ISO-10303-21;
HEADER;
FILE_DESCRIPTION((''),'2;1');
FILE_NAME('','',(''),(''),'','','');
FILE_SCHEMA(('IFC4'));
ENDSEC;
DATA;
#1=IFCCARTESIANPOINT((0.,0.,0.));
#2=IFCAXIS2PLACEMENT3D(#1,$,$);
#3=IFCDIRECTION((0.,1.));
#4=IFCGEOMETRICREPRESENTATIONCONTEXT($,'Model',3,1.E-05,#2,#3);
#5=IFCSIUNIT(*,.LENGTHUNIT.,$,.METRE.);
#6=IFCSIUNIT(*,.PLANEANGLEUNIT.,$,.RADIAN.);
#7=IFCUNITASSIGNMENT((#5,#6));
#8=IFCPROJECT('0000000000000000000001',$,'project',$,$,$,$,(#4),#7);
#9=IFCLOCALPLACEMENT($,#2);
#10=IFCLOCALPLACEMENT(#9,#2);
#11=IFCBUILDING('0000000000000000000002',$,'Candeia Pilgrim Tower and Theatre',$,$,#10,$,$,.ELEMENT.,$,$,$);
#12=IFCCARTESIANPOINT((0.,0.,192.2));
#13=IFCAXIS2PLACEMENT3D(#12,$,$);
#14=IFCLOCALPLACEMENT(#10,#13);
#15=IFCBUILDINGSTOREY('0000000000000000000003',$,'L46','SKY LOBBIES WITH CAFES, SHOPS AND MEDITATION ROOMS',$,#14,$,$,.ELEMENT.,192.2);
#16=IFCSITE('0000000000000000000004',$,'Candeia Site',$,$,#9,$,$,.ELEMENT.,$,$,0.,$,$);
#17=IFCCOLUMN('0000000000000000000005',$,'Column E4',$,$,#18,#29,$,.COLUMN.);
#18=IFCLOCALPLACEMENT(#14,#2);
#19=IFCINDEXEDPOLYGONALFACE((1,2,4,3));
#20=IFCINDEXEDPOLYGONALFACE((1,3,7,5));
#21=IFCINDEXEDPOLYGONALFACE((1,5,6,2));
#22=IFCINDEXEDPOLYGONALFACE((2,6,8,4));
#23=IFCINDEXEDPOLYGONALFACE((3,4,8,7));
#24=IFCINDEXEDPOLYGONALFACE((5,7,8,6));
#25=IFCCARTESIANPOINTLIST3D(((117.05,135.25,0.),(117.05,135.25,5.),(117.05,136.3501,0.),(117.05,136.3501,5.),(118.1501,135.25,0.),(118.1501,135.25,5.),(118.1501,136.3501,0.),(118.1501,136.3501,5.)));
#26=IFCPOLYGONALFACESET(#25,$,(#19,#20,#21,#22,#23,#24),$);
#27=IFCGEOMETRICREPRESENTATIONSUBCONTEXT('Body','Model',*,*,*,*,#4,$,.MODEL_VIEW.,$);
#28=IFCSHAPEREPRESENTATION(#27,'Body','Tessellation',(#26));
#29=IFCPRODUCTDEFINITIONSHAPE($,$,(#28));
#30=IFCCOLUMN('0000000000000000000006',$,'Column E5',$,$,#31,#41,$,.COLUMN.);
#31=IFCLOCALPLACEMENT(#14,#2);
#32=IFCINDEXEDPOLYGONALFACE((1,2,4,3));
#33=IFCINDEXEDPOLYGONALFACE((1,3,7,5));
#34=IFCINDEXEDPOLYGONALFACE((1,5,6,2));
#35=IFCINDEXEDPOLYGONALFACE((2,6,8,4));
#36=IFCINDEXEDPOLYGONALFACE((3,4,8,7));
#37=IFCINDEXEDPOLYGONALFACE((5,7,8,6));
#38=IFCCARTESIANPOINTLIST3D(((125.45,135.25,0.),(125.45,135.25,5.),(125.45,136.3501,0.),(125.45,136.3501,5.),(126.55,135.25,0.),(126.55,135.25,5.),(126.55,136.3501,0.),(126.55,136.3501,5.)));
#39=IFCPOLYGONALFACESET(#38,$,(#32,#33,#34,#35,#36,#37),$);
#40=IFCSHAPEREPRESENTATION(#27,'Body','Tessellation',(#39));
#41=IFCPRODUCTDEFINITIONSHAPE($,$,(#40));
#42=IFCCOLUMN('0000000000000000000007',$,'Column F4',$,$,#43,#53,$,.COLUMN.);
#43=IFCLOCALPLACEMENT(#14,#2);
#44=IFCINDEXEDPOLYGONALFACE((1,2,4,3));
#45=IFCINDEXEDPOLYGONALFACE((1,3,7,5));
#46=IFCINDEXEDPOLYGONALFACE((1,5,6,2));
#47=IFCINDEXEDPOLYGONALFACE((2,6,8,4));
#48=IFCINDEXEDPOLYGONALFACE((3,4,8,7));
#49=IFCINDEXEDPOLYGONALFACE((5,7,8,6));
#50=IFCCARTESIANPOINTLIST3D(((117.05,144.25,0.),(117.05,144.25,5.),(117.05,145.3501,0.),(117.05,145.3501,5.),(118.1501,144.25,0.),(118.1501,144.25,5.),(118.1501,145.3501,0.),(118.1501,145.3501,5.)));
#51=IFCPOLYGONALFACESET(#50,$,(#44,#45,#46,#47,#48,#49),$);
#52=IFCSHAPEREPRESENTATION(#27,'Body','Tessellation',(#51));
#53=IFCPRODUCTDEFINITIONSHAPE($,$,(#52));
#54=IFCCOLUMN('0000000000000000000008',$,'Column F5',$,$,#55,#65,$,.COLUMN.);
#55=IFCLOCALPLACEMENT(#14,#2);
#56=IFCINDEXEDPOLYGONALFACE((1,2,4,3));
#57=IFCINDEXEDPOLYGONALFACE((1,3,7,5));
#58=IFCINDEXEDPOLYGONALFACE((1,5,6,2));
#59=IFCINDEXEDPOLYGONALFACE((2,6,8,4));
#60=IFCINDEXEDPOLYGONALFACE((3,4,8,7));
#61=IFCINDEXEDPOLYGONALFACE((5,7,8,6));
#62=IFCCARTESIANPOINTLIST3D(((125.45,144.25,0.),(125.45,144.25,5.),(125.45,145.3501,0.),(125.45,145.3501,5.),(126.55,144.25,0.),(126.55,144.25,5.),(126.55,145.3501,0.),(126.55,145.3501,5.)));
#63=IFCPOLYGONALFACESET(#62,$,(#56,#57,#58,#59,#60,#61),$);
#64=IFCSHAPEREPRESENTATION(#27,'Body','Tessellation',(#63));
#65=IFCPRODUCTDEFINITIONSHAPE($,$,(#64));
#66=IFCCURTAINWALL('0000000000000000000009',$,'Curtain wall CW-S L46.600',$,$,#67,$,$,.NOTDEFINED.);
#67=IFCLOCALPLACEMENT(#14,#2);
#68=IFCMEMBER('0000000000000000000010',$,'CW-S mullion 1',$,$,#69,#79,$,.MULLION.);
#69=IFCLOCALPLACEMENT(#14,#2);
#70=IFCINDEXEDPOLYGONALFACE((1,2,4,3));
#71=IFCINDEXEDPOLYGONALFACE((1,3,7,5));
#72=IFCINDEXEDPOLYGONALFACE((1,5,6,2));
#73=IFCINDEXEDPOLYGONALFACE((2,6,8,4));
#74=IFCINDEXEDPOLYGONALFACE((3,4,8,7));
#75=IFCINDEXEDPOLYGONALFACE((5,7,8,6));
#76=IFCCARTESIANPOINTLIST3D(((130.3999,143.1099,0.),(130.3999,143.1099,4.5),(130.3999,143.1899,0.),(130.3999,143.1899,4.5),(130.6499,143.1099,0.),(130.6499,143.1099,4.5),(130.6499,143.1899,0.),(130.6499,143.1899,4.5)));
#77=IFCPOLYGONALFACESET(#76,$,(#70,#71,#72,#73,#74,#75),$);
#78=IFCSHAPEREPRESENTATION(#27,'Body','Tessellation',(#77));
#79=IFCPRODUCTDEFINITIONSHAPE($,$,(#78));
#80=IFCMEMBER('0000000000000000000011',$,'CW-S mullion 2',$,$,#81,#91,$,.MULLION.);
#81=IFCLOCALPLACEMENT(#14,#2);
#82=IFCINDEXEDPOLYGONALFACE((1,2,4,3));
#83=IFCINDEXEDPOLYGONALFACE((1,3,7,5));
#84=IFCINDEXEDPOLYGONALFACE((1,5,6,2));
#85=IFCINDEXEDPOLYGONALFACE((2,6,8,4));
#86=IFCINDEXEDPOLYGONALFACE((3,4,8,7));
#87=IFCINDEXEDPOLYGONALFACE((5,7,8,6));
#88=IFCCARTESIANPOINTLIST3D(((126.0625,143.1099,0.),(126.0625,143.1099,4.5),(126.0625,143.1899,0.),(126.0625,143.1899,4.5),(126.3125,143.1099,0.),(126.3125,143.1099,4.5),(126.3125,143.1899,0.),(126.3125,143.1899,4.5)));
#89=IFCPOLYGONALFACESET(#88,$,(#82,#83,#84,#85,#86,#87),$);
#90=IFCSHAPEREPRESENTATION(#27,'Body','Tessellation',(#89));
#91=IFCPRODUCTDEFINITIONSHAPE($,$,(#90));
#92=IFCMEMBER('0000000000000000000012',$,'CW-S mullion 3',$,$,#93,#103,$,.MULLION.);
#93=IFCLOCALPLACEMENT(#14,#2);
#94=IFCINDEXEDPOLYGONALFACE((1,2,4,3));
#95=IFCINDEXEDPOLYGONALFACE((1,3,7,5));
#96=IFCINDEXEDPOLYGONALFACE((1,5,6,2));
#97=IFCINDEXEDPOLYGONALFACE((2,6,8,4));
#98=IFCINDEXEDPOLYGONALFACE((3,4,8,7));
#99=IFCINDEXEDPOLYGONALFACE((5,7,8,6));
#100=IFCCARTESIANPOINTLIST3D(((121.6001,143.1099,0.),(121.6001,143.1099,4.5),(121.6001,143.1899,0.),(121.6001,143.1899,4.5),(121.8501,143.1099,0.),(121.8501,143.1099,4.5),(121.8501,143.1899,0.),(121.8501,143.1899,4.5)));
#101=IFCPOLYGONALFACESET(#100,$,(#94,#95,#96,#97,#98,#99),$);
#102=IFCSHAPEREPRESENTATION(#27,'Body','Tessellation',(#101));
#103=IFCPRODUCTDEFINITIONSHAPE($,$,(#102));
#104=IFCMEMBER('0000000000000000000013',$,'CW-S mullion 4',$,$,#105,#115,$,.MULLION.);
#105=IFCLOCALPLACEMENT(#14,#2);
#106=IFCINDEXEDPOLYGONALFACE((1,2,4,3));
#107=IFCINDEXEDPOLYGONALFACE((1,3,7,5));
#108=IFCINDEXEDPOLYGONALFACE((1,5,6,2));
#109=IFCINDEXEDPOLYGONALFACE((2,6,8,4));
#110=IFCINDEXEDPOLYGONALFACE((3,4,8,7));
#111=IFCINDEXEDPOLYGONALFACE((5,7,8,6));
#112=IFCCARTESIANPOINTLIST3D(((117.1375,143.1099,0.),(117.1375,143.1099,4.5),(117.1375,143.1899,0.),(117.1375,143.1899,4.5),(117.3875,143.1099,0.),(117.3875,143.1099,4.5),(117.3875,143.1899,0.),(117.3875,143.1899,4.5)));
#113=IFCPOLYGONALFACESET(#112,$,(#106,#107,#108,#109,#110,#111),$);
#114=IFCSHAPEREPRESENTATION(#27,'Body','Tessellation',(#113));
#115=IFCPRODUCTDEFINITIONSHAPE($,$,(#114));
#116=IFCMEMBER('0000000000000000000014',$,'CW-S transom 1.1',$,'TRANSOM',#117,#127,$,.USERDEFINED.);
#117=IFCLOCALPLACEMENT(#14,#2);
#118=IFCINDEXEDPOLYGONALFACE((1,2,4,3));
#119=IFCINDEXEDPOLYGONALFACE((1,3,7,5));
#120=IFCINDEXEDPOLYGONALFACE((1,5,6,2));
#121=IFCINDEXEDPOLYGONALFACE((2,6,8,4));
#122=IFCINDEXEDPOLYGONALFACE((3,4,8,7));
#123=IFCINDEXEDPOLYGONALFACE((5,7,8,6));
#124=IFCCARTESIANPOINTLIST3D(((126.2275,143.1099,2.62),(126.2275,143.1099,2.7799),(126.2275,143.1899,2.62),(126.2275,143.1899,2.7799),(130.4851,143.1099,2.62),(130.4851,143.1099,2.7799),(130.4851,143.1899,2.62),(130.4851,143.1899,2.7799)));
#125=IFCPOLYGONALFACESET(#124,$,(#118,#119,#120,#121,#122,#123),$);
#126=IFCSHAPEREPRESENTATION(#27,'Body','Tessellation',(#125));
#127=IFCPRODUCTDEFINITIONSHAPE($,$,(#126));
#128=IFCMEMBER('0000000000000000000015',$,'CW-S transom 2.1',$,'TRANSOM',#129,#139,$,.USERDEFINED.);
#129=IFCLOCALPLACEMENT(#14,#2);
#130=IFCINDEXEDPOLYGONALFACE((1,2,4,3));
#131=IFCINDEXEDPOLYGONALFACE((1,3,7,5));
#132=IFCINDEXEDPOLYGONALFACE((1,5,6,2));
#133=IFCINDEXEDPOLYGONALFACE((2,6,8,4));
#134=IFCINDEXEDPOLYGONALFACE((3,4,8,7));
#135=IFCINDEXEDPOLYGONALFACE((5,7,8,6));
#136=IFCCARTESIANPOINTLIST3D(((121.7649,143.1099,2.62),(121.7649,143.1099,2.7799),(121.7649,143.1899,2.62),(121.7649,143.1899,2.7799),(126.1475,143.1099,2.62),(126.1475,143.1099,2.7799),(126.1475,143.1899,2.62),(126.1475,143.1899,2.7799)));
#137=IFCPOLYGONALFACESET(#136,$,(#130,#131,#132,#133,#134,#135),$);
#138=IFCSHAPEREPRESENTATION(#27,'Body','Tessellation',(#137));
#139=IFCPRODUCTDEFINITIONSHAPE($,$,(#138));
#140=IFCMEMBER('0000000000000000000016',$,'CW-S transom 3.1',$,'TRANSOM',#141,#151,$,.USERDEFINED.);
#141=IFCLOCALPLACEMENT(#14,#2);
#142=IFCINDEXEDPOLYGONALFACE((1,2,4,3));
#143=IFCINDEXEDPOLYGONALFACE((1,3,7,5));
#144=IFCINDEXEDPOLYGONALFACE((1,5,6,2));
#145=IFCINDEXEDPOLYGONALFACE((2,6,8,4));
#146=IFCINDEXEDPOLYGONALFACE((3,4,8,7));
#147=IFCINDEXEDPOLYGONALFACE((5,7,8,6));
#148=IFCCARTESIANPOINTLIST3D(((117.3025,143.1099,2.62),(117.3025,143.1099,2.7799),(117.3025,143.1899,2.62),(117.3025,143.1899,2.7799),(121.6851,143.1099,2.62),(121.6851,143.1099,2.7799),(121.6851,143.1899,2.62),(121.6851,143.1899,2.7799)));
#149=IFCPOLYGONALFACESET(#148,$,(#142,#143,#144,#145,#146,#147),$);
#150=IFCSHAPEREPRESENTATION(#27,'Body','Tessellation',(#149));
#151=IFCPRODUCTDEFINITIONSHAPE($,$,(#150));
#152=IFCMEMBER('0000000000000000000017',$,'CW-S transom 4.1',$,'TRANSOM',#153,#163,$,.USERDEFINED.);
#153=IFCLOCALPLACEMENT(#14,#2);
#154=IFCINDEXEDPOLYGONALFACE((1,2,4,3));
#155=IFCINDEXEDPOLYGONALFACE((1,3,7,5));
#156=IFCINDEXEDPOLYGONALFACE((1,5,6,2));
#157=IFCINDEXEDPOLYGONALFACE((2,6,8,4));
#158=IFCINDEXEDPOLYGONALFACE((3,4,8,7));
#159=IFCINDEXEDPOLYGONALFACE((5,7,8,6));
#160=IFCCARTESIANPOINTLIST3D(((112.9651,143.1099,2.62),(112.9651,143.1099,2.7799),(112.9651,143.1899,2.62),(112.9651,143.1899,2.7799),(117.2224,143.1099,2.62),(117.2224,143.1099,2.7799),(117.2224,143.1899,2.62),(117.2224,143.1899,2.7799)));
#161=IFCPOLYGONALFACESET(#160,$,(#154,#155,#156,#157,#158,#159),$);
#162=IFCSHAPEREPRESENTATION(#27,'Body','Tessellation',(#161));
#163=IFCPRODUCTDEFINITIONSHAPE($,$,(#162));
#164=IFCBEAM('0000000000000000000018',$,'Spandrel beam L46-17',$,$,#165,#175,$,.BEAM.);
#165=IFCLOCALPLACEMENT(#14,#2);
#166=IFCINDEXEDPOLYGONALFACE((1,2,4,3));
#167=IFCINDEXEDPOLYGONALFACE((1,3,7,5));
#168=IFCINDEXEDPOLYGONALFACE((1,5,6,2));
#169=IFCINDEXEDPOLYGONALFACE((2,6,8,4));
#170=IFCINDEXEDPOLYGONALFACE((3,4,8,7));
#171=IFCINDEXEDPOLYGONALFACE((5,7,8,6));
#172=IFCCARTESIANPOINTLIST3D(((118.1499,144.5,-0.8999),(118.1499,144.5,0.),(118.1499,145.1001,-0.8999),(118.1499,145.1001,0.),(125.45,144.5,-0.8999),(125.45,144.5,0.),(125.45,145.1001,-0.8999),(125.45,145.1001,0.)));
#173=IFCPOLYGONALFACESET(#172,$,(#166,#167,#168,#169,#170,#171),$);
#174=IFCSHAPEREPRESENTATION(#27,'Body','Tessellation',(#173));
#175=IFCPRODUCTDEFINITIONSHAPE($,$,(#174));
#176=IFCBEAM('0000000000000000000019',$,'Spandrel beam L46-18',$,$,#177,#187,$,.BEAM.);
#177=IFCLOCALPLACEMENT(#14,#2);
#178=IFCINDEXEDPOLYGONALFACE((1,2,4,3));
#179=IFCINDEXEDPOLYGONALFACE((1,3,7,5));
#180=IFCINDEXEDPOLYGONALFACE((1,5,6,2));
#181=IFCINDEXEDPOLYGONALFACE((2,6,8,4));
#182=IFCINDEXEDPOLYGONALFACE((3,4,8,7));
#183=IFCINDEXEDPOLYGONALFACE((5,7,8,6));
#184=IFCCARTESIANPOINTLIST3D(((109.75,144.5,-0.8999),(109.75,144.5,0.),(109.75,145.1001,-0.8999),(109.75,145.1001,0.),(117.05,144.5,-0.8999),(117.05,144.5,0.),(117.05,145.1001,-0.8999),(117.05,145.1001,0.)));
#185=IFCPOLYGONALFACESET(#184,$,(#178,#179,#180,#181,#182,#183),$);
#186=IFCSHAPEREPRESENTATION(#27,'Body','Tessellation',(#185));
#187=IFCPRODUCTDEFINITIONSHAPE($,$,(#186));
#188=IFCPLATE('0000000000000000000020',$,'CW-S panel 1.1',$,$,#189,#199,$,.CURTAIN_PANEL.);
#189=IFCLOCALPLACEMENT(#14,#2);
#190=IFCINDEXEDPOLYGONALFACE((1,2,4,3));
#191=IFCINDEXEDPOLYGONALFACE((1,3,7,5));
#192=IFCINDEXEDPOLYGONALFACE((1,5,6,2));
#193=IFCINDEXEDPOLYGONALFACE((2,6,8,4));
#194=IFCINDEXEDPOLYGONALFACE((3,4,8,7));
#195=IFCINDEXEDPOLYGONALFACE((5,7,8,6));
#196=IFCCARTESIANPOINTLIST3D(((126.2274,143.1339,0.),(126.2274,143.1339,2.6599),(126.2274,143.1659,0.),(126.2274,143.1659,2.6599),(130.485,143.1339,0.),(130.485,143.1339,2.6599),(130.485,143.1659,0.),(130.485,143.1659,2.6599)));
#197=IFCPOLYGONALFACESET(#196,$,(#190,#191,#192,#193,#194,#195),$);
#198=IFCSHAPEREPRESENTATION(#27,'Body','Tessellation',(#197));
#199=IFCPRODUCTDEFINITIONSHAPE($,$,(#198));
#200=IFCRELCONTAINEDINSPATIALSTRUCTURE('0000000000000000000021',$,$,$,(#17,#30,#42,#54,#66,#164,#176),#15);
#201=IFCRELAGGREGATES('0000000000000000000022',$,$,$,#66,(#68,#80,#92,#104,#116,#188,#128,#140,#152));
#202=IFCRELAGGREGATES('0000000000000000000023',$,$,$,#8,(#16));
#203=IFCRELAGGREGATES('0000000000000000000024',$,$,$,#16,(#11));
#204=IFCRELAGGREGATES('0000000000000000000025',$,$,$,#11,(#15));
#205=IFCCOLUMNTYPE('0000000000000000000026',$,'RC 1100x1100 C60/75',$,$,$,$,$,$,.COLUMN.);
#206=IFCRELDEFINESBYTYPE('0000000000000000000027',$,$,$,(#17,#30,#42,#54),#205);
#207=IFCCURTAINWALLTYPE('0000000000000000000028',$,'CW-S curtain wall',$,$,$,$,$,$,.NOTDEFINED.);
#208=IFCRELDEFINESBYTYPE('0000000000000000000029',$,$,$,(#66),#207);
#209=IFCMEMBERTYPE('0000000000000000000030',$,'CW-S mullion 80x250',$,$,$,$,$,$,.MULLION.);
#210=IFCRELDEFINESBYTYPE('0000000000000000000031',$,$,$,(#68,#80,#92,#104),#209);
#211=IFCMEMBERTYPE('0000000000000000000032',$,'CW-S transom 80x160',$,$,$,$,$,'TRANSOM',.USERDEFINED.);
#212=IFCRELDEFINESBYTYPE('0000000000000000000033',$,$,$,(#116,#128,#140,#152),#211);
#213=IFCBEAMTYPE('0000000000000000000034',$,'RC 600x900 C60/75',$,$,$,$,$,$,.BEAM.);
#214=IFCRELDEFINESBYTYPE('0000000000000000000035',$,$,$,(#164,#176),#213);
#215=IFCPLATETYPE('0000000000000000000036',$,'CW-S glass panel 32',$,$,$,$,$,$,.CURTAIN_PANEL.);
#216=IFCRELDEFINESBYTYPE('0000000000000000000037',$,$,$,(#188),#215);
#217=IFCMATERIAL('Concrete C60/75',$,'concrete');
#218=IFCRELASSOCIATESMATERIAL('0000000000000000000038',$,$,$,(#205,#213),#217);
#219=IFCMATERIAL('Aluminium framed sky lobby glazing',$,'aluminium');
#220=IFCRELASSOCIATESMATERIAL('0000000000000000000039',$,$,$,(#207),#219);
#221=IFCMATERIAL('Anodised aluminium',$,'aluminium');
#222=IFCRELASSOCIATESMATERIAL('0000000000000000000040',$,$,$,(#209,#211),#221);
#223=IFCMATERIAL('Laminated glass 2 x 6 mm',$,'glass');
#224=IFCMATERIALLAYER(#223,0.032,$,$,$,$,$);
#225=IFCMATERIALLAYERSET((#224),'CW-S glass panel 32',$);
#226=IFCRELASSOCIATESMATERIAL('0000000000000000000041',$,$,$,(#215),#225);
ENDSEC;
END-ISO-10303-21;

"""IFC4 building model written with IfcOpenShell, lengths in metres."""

from ifc_helpers import new_model, si_unit, direction, frame, origin, origin_2d, place, context, subcontext, project, spatial, rectangle, extrude, material, layer, layer_set, material_profile, profile_set, type_object, element, aggregate, save


model = new_model("IFC4")

# Units and contexts
model_context = context("Model", 3, precision=1e-05, world=origin(), true_north=direction((0.0, 1.0)))
body_context = subcontext(model_context, "Body", "Model", "MODEL_VIEW")
ifc_project = project(units=[si_unit("LENGTHUNIT", "METRE"), si_unit("PLANEANGLEUNIT", "RADIAN")], contexts=[model_context])

# Site, building, storey
site_placement = place(None, origin())
site = spatial("IfcSite", under=ifc_project, at=site_placement, Name="Candeia Site", CompositionType="ELEMENT", RefElevation=0.0)
building_placement = place(site_placement, origin())
building = spatial("IfcBuilding", under=site, at=building_placement, Name="Candeia Pilgrim Tower and Theatre", CompositionType="ELEMENT")
storey_placement = place(building_placement, frame((0.0, 0.0, 192.2)))
storey = spatial("IfcBuildingStorey", under=building, at=storey_placement, Name="L46", Description="SKY LOBBIES WITH CAFES, SHOPS AND MEDITATION ROOMS", CompositionType="ELEMENT", Elevation=192.2)

# Columns
ifc_material_1 = material(Name="Concrete C60/75", Category="concrete")
ifc_material_profile_1 = material_profile(ifc_material_1, rectangle(XDim=1.1001, YDim=1.1001, at=origin_2d()))
ifc_profile_set_1 = profile_set([ifc_material_profile_1], Name="Concrete C60/75")
column_type = type_object("IfcColumnType", Name="RC 1100x1100 C60/75", PredefinedType="COLUMN", material=ifc_profile_set_1)
for number, where, z_axis, x_axis, name in (
    (1, (117.6001, 135.8, 0.0), (0.0, 0.0, 1.0), (1.0, 0.0, 0.0), "Column E4"),
    (2, (126.0, 135.8, 0.0), (0.0, 0.0, 1.0), (1.0, 0.0, 0.0), "Column E5"),
    (3, (117.6001, 144.8, 0.0), (0.0, 0.0, 1.0), (1.0, 0.0, 0.0), "Column F4"),
    (4, (126.0, 144.8, 0.0), (0.0, 0.0, 1.0), (1.0, 0.0, 0.0), "Column F5"),
):
    element("IfcColumn", number, at=place(storey_placement, frame(where, z_axis=z_axis, x_axis=x_axis)), inside=storey, type_object=column_type, Name=name, PredefinedType="COLUMN", context=body_context, shape_type="SweptSolid", body=[
        extrude(rectangle(XDim=1.1001, YDim=1.1001, at=origin_2d()), origin(), (0.0, 0.0, 1.0), 5.0),
    ])

# Curtain wall, members
ifc_material_2 = material(Name="Aluminium framed sky lobby glazing", Category="aluminium")
curtain_wall_type = type_object("IfcCurtainWallType", Name="CW-S curtain wall", PredefinedType="NOTDEFINED", material=ifc_material_2)
curtain_wall_placement = place(storey_placement, origin())
curtain_wall = element("IfcCurtainWall", 5, at=curtain_wall_placement, inside=storey, type_object=curtain_wall_type, Name="Curtain wall CW-S L46.600", PredefinedType="NOTDEFINED")
ifc_material_3 = material(Name="Anodised aluminium", Category="aluminium")
ifc_material_profile_2 = material_profile(ifc_material_3, rectangle(XDim=0.0801, YDim=0.25, at=origin_2d()))
ifc_profile_set_2 = profile_set([ifc_material_profile_2], Name="Anodised aluminium")
member_type_1 = type_object("IfcMemberType", Name="CW-S mullion 80x250", PredefinedType="MULLION", material=ifc_profile_set_2)
member_1_placement = place(storey_placement, frame((130.5249, 143.1499, 0.0), z_axis=(0.0, 0.0, 1.0), x_axis=(0.0, -1.0, 0.0)))
member_1 = element("IfcMember", 6, at=member_1_placement, type_object=member_type_1, Name="CW-S mullion 1", PredefinedType="MULLION", context=body_context, shape_type="SweptSolid", body=[
    extrude(rectangle(XDim=0.0801, YDim=0.25, at=origin_2d()), origin(), (0.0, 0.0, 1.0), 4.5),
])
member_2_placement = place(storey_placement, frame((126.1875, 143.1499, 0.0), z_axis=(0.0, 0.0, 1.0), x_axis=(0.0, -1.0, 0.0)))
member_2 = element("IfcMember", 7, at=member_2_placement, type_object=member_type_1, Name="CW-S mullion 2", PredefinedType="MULLION", context=body_context, shape_type="SweptSolid", body=[
    extrude(rectangle(XDim=0.0801, YDim=0.25, at=origin_2d()), origin(), (0.0, 0.0, 1.0), 4.5),
])
member_3_placement = place(storey_placement, frame((121.7251, 143.1499, 0.0), z_axis=(0.0, 0.0, 1.0), x_axis=(0.0, -1.0, 0.0)))
member_3 = element("IfcMember", 8, at=member_3_placement, type_object=member_type_1, Name="CW-S mullion 3", PredefinedType="MULLION", context=body_context, shape_type="SweptSolid", body=[
    extrude(rectangle(XDim=0.0801, YDim=0.25, at=origin_2d()), origin(), (0.0, 0.0, 1.0), 4.5),
])
member_4_placement = place(storey_placement, frame((117.2625, 143.1499, 0.0), z_axis=(0.0, 0.0, 1.0), x_axis=(0.0, -1.0, 0.0)))
member_4 = element("IfcMember", 9, at=member_4_placement, type_object=member_type_1, Name="CW-S mullion 4", PredefinedType="MULLION", context=body_context, shape_type="SweptSolid", body=[
    extrude(rectangle(XDim=0.0801, YDim=0.25, at=origin_2d()), origin(), (0.0, 0.0, 1.0), 4.5),
])
ifc_material_profile_3 = material_profile(ifc_material_3, rectangle(XDim=0.0801, YDim=0.1599, at=origin_2d()))
ifc_profile_set_3 = profile_set([ifc_material_profile_3], Name="Anodised aluminium")
member_type_2 = type_object("IfcMemberType", Name="CW-S transom 80x160", ElementType="TRANSOM", PredefinedType="USERDEFINED", material=ifc_profile_set_3)
member_5_placement = place(storey_placement, frame((130.4851, 143.1499, 2.7), z_axis=(-1.0, 0.0, 0.0), x_axis=(0.0, -1.0, 0.0)))
member_5 = element("IfcMember", 10, at=member_5_placement, type_object=member_type_2, Name="CW-S transom 1.1", ObjectType="TRANSOM", PredefinedType="USERDEFINED", context=body_context, shape_type="SweptSolid", body=[
    extrude(rectangle(XDim=0.0801, YDim=0.1599, at=origin_2d()), origin(), (0.0, 0.0, 1.0), 4.2576),
])
member_6_placement = place(storey_placement, frame((126.1475, 143.1499, 2.7), z_axis=(-1.0, 0.0, 0.0), x_axis=(0.0, -1.0, 0.0)))
member_6 = element("IfcMember", 11, at=member_6_placement, type_object=member_type_2, Name="CW-S transom 2.1", ObjectType="TRANSOM", PredefinedType="USERDEFINED", context=body_context, shape_type="SweptSolid", body=[
    extrude(rectangle(XDim=0.0801, YDim=0.1599, at=origin_2d()), origin(), (0.0, 0.0, 1.0), 4.3826),
])
member_7_placement = place(storey_placement, frame((121.6851, 143.1499, 2.7), z_axis=(-1.0, 0.0, 0.0), x_axis=(0.0, -1.0, 0.0)))
member_7 = element("IfcMember", 12, at=member_7_placement, type_object=member_type_2, Name="CW-S transom 3.1", ObjectType="TRANSOM", PredefinedType="USERDEFINED", context=body_context, shape_type="SweptSolid", body=[
    extrude(rectangle(XDim=0.0801, YDim=0.1599, at=origin_2d()), origin(), (0.0, 0.0, 1.0), 4.3826),
])
member_8_placement = place(storey_placement, frame((117.2224, 143.1499, 2.7), z_axis=(-1.0, 0.0, 0.0), x_axis=(0.0, -1.0, 0.0)))
member_8 = element("IfcMember", 13, at=member_8_placement, type_object=member_type_2, Name="CW-S transom 4.1", ObjectType="TRANSOM", PredefinedType="USERDEFINED", context=body_context, shape_type="SweptSolid", body=[
    extrude(rectangle(XDim=0.0801, YDim=0.1599, at=origin_2d()), origin(), (0.0, 0.0, 1.0), 4.2573),
])

# Beams
ifc_material_profile_4 = material_profile(ifc_material_1, rectangle(XDim=0.6001, YDim=0.8999, at=origin_2d()))
ifc_profile_set_4 = profile_set([ifc_material_profile_4], Name="Concrete C60/75")
beam_type = type_object("IfcBeamType", Name="RC 600x900 C60/75", PredefinedType="BEAM", material=ifc_profile_set_4)
for number, where, z_axis, x_axis, name in (
    (14, (125.45, 144.8, -0.45), (-1.0, 0.0, 0.0), (0.0, -1.0, 0.0), "Spandrel beam L46-17"),
    (15, (117.05, 144.8, -0.45), (-1.0, 0.0, 0.0), (0.0, -1.0, 0.0), "Spandrel beam L46-18"),
):
    element("IfcBeam", number, at=place(storey_placement, frame(where, z_axis=z_axis, x_axis=x_axis)), inside=storey, type_object=beam_type, Name=name, PredefinedType="BEAM", context=body_context, shape_type="SweptSolid", body=[
        extrude(rectangle(XDim=0.6001, YDim=0.8999, at=origin_2d()), origin(), (0.0, 0.0, 1.0), 7.3),
    ])

# Plate
ifc_material_4 = material(Name="Laminated glass 2 x 6 mm", Category="glass")
ifc_layer_1 = layer(ifc_material_4, 0.032)
ifc_layer_set_1 = layer_set([ifc_layer_1], Name="CW-S glass panel 32")
plate_type = type_object("IfcPlateType", Name="CW-S glass panel 32", PredefinedType="CURTAIN_PANEL", material=ifc_layer_set_1)
plate_1_placement = place(storey_placement, frame((128.3562, 143.1499, 0.0), z_axis=(0.0, 0.0, 1.0), x_axis=(-1.0, 0.0, 0.0)))
plate_1 = element("IfcPlate", 16, at=plate_1_placement, type_object=plate_type, Name="CW-S panel 1.1", PredefinedType="CURTAIN_PANEL", context=body_context, shape_type="SweptSolid", body=[
    extrude(rectangle(XDim=4.2576, YDim=0.032, at=origin_2d()), origin(), (0.0, 0.0, 1.0), 2.6599),
])
aggregate(curtain_wall, [member_1, member_2, member_3, member_4, member_5, plate_1, member_6, member_7, member_8])

save(model, "model.ifc")
